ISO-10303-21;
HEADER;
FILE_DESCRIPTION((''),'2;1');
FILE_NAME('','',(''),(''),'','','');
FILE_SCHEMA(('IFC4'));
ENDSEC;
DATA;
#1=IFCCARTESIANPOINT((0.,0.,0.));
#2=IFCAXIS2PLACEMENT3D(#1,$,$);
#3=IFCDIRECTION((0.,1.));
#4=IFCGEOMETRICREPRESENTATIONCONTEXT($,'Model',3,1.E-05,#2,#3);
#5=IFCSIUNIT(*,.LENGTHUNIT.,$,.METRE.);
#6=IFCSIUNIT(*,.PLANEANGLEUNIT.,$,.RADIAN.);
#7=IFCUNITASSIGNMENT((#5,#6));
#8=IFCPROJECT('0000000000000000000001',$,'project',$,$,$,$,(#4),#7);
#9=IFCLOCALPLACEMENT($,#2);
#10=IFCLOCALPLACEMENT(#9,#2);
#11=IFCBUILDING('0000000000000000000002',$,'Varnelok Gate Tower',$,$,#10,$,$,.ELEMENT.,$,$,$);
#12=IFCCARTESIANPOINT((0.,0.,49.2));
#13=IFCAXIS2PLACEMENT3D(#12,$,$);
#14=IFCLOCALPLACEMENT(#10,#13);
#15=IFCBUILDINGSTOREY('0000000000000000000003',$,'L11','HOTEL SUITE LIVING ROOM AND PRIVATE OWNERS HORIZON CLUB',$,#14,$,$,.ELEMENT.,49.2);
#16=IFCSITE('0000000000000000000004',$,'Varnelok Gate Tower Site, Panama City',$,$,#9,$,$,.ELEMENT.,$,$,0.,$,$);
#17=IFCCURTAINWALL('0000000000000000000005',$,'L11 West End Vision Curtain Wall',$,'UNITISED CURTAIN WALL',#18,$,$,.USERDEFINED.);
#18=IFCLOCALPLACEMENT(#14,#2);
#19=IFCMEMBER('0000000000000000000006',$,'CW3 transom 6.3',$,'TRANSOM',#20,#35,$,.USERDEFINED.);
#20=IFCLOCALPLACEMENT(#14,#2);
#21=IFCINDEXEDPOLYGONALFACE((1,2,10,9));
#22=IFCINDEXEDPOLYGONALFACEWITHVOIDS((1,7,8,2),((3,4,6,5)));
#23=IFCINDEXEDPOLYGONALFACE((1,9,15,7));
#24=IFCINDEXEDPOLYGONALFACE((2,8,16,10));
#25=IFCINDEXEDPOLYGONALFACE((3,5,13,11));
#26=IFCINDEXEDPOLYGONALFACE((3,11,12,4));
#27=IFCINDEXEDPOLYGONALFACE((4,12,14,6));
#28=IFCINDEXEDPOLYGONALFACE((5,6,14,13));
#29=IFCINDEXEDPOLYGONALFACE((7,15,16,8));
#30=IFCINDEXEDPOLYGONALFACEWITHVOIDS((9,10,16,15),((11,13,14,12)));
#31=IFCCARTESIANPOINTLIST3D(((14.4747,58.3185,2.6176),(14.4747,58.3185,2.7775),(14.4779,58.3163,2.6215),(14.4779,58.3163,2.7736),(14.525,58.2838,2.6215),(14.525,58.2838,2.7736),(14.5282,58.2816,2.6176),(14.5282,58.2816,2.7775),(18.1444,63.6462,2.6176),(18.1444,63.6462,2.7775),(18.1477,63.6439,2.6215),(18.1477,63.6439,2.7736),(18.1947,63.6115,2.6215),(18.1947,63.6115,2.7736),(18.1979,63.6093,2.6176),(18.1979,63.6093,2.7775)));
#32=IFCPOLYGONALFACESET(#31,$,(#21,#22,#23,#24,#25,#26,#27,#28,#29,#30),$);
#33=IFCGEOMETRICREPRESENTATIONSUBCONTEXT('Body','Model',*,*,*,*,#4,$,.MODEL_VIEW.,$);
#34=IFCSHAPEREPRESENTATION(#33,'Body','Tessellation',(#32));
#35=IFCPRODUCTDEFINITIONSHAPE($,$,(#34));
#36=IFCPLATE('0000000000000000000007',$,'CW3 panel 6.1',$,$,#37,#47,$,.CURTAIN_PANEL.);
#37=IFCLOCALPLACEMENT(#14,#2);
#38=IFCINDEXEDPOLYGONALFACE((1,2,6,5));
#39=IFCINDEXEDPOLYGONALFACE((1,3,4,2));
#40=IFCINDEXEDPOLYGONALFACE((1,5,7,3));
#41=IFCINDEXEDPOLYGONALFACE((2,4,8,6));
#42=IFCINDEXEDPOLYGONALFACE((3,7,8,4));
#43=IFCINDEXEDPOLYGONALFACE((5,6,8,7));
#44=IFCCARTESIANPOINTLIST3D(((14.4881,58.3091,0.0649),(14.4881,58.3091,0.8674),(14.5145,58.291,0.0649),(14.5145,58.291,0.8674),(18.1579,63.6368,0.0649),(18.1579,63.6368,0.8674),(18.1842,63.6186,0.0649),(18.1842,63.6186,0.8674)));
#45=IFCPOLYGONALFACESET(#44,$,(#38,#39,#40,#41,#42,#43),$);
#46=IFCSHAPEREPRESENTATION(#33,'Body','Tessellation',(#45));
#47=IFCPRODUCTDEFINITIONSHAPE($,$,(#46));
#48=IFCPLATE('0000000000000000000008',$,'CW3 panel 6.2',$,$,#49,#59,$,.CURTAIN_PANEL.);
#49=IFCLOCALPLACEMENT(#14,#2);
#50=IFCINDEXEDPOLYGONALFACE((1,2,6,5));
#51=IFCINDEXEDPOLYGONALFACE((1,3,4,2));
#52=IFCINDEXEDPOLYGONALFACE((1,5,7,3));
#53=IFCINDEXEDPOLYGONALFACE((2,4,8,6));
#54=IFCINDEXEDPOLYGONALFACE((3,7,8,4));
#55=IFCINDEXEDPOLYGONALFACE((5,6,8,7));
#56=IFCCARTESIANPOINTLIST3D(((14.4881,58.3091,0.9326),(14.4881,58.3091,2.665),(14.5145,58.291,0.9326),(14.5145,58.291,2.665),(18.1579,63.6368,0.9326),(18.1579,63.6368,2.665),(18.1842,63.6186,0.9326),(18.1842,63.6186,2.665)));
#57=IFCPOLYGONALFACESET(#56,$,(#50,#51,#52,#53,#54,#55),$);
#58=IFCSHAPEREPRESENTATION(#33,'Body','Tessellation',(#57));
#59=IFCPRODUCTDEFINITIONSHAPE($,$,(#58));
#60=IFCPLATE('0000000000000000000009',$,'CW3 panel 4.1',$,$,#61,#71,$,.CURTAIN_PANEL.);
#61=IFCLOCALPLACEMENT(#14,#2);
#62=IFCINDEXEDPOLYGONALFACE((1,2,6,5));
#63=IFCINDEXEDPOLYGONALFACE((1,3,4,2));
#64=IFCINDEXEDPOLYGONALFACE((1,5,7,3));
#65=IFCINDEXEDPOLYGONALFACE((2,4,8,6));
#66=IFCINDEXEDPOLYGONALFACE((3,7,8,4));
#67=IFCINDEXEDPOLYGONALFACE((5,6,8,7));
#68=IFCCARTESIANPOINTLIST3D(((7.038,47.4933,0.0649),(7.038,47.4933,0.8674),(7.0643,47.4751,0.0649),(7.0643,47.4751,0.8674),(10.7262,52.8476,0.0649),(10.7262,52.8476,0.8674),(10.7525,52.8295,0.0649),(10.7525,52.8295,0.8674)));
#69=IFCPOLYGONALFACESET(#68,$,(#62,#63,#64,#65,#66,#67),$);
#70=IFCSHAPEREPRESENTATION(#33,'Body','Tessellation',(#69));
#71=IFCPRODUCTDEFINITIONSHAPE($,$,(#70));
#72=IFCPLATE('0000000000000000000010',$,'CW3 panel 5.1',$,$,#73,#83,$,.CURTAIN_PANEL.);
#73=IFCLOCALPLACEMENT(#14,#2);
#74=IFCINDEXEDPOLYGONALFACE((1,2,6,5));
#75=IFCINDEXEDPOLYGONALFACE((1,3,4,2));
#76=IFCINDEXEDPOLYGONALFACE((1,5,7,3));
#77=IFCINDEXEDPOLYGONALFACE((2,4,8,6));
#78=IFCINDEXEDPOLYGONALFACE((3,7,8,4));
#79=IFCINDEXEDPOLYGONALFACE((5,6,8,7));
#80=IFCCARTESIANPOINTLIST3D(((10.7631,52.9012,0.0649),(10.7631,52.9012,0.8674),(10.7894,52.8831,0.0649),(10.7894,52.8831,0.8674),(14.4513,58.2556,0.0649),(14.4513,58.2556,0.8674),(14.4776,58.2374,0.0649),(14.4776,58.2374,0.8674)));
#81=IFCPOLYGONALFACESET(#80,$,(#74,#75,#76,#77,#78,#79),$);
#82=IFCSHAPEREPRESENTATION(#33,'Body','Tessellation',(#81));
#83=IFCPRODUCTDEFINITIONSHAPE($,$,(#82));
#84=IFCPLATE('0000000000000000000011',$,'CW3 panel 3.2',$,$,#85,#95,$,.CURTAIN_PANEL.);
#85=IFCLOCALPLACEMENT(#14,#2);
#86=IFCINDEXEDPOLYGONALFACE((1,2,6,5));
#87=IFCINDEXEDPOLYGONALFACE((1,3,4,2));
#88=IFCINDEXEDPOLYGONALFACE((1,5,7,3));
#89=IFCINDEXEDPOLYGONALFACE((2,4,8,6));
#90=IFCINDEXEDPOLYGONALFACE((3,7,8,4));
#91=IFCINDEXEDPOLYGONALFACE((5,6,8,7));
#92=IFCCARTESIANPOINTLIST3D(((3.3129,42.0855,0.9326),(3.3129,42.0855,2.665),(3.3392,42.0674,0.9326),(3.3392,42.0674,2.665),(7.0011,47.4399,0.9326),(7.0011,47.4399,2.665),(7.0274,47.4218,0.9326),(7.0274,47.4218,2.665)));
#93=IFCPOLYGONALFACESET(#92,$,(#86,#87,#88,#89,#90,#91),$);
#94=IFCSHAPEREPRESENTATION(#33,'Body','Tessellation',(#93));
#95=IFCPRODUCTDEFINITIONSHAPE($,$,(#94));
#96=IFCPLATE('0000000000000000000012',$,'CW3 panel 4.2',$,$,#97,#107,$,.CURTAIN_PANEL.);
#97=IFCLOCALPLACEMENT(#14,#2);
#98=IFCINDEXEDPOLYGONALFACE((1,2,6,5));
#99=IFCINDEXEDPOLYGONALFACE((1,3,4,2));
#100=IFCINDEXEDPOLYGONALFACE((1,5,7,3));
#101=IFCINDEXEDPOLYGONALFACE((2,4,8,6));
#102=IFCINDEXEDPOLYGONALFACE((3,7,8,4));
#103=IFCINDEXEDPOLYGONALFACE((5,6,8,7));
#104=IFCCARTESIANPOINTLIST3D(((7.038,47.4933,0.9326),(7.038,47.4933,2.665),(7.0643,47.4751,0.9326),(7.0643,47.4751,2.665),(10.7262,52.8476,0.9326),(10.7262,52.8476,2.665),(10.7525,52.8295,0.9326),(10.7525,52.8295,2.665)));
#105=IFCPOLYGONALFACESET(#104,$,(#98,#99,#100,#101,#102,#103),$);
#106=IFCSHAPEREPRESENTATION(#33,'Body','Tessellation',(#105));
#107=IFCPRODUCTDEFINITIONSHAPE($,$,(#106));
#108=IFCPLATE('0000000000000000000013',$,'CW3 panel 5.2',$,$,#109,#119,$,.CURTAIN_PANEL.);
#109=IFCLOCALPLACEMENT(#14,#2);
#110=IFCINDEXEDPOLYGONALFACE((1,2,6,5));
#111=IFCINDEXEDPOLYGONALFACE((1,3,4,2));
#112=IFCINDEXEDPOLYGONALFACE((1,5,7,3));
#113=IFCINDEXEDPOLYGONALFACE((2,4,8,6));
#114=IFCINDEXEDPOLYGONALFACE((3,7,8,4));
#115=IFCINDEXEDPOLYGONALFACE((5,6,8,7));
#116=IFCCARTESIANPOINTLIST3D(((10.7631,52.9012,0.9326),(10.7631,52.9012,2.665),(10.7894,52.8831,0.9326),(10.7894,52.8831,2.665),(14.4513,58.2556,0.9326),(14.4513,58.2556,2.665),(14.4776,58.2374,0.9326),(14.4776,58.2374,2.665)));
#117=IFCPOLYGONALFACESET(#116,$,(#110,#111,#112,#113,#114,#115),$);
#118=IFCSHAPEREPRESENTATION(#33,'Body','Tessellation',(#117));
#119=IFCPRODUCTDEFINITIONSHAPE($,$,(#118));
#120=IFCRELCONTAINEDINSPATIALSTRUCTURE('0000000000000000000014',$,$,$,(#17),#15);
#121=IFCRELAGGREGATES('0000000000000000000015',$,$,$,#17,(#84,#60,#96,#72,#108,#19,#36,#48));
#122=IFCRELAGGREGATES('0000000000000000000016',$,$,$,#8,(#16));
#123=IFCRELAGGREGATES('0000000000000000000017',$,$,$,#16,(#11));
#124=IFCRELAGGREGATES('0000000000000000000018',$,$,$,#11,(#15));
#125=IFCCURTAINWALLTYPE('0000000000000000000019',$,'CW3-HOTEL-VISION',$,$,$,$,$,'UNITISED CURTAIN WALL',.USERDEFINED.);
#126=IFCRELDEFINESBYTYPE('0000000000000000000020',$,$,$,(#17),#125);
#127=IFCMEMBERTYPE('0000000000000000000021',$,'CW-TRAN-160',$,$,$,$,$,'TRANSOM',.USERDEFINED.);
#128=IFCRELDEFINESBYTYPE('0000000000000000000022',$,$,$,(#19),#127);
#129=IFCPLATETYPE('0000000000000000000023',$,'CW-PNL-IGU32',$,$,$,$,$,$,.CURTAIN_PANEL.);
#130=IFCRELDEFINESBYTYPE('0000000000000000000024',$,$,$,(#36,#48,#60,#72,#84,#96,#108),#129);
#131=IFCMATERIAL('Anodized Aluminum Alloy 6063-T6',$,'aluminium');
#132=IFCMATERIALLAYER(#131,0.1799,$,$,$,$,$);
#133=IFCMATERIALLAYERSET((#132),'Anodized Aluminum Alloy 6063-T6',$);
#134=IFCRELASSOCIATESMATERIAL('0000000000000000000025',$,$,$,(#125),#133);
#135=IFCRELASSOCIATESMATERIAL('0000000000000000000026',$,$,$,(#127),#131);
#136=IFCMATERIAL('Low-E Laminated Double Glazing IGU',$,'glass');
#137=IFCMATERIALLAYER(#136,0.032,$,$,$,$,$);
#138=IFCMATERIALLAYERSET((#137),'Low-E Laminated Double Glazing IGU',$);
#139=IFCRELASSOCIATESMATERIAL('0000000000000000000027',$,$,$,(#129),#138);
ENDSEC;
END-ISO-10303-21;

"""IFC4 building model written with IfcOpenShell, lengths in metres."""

from ifc_helpers import new_model, si_unit, direction, frame, origin, origin_2d, place, context, subcontext, project, spatial, rectangle, hollow_rectangle, extrude, source, transform, mapped, material, layer, layer_set, material_profile, profile_set, type_object, element, aggregate, save


model = new_model("IFC4")

# Units and contexts
model_context = context("Model", 3, precision=1e-05, world=origin(), true_north=direction((0.0, 1.0)))
body_context = subcontext(model_context, "Body", "Model", "MODEL_VIEW")
ifc_project = project(units=[si_unit("LENGTHUNIT", "METRE"), si_unit("PLANEANGLEUNIT", "RADIAN")], contexts=[model_context])

# Site, building, storey
site_placement = place(None, origin())
site = spatial("IfcSite", under=ifc_project, at=site_placement, Name="Varnelok Gate Tower Site, Panama City", CompositionType="ELEMENT", RefElevation=0.0)
building_placement = place(site_placement, origin())
building = spatial("IfcBuilding", under=site, at=building_placement, Name="Varnelok Gate Tower", CompositionType="ELEMENT")
storey_placement = place(building_placement, frame((0.0, 0.0, 49.2)))
storey = spatial("IfcBuildingStorey", under=building, at=storey_placement, Name="L11", Description="HOTEL SUITE LIVING ROOM AND PRIVATE OWNERS HORIZON CLUB", CompositionType="ELEMENT", Elevation=49.2)

# Curtain wall, member, plates
ifc_material_1 = material(Name="Anodized Aluminum Alloy 6063-T6", Category="aluminium")
ifc_layer_1 = layer(ifc_material_1, 0.1799)
ifc_layer_set_1 = layer_set([ifc_layer_1], Name="Anodized Aluminum Alloy 6063-T6")
curtain_wall_type = type_object("IfcCurtainWallType", Name="CW3-HOTEL-VISION", ElementType="UNITISED CURTAIN WALL", PredefinedType="USERDEFINED", material=ifc_layer_set_1)
curtain_wall_placement = place(storey_placement, origin())
curtain_wall = element("IfcCurtainWall", 1, at=curtain_wall_placement, inside=storey, type_object=curtain_wall_type, Name="L11 West End Vision Curtain Wall", ObjectType="UNITISED CURTAIN WALL", PredefinedType="USERDEFINED")
ifc_material_profile_1 = material_profile(ifc_material_1, hollow_rectangle(XDim=0.0649, YDim=0.1599, WallThickness=0.0039, at=origin_2d()), Name="ALU160X65X4")
ifc_profile_set_1 = profile_set([ifc_material_profile_1], Name="Anodized Aluminum Alloy 6063-T6")
member_type_1 = type_object("IfcMemberType", Name="CW-TRAN-160", ElementType="TRANSOM", PredefinedType="USERDEFINED", material=ifc_profile_set_1)
member_1_placement = place(storey_placement, frame((14.5015, 58.3, 2.6975), z_axis=(0.567256, 0.823542, 0.0), x_axis=(-0.823542, 0.567256, 0.0)))
member_1 = element("IfcMember", 2, at=member_1_placement, type_object=member_type_1, Name="CW3 transom 6.3", ObjectType="TRANSOM", PredefinedType="USERDEFINED", context=body_context, shape_type="SweptSolid", body=[
    extrude(hollow_rectangle(XDim=0.0649, YDim=0.1599, WallThickness=0.0039, at=origin_2d()), origin(), (0.0, 0.0, 1.0), 6.4692),
])
ifc_material_2 = material(Name="Low-E Laminated Double Glazing IGU", Category="glass")
ifc_layer_2 = layer(ifc_material_2, 0.032)
ifc_layer_set_2 = layer_set([ifc_layer_2], Name="Low-E Laminated Double Glazing IGU")
plate_type = type_object("IfcPlateType", Name="CW-PNL-IGU32", PredefinedType="CURTAIN_PANEL", material=ifc_layer_set_2)
shared_shape_1 = source(origin(), body_context, "Body", "SweptSolid", [
    extrude(rectangle(XDim=6.4692, YDim=0.032, at=origin_2d()), origin(), (0.0, 0.0, 1.0), 0.8025),
])
plate_1_placement = place(storey_placement, frame((16.3362, 60.9639, 0.0649), z_axis=(0.0, 0.0, 1.0), x_axis=(0.567269, 0.823533, 0.0)))
plate_1 = element("IfcPlate", 3, at=plate_1_placement, type_object=plate_type, Name="CW3 panel 6.1", PredefinedType="CURTAIN_PANEL", context=body_context, shape_type="MappedRepresentation", body=[
    mapped(shared_shape_1, transform((0.0, 0.0, 0.0), scale=1.0)),
])
shared_shape_2 = source(origin(), body_context, "Body", "SweptSolid", [
    extrude(rectangle(XDim=6.4692, YDim=0.032, at=origin_2d()), origin(), (0.0, 0.0, 1.0), 1.7324),
])
plate_2_placement = place(storey_placement, frame((16.3362, 60.9639, 0.9326), z_axis=(0.0, 0.0, 1.0), x_axis=(0.567269, 0.823533, 0.0)))
plate_2 = element("IfcPlate", 4, at=plate_2_placement, type_object=plate_type, Name="CW3 panel 6.2", PredefinedType="CURTAIN_PANEL", context=body_context, shape_type="MappedRepresentation", body=[
    mapped(shared_shape_2, transform((0.0, 0.0, 0.0), scale=1.0)),
])
shared_shape_3 = source(origin(), body_context, "Body", "SweptSolid", [
    extrude(rectangle(XDim=6.5017, YDim=0.032, at=origin_2d()), origin(), (0.0, 0.0, 1.0), 0.8025),
])
plate_3_placement = place(storey_placement, frame((8.8953, 50.1614, 0.0649), z_axis=(0.0, 0.0, 1.0), x_axis=(0.567269, 0.823533, 0.0)))
plate_3 = element("IfcPlate", 5, at=plate_3_placement, type_object=plate_type, Name="CW3 panel 4.1", PredefinedType="CURTAIN_PANEL", context=body_context, shape_type="MappedRepresentation", body=[
    mapped(shared_shape_3, transform((0.0, 0.0, 0.0), scale=1.0)),
])
plate_4_placement = place(storey_placement, frame((12.6204, 55.5693, 0.0649), z_axis=(0.0, 0.0, 1.0), x_axis=(0.567269, 0.823533, 0.0)))
plate_4 = element("IfcPlate", 6, at=plate_4_placement, type_object=plate_type, Name="CW3 panel 5.1", PredefinedType="CURTAIN_PANEL", context=body_context, shape_type="MappedRepresentation", body=[
    mapped(shared_shape_3, transform((0.0, 0.0, 0.0), scale=1.0)),
])
shared_shape_4 = source(origin(), body_context, "Body", "SweptSolid", [
    extrude(rectangle(XDim=6.5017, YDim=0.032, at=origin_2d()), origin(), (0.0, 0.0, 1.0), 1.7324),
])
plate_5_placement = place(storey_placement, frame((5.1702, 44.7537, 0.9326), z_axis=(0.0, 0.0, 1.0), x_axis=(0.567269, 0.823533, 0.0)))
plate_5 = element("IfcPlate", 7, at=plate_5_placement, type_object=plate_type, Name="CW3 panel 3.2", PredefinedType="CURTAIN_PANEL", context=body_context, shape_type="MappedRepresentation", body=[
    mapped(shared_shape_4, transform((0.0, 0.0, 0.0), scale=1.0)),
])
plate_6_placement = place(storey_placement, frame((8.8953, 50.1614, 0.9326), z_axis=(0.0, 0.0, 1.0), x_axis=(0.567269, 0.823533, 0.0)))
plate_6 = element("IfcPlate", 8, at=plate_6_placement, type_object=plate_type, Name="CW3 panel 4.2", PredefinedType="CURTAIN_PANEL", context=body_context, shape_type="MappedRepresentation", body=[
    mapped(shared_shape_4, transform((0.0, 0.0, 0.0), scale=1.0)),
])
plate_7_placement = place(storey_placement, frame((12.6204, 55.5693, 0.9326), z_axis=(0.0, 0.0, 1.0), x_axis=(0.567269, 0.823533, 0.0)))
plate_7 = element("IfcPlate", 9, at=plate_7_placement, type_object=plate_type, Name="CW3 panel 5.2", PredefinedType="CURTAIN_PANEL", context=body_context, shape_type="MappedRepresentation", body=[
    mapped(shared_shape_4, transform((0.0, 0.0, 0.0), scale=1.0)),
])
aggregate(curtain_wall, [plate_5, plate_3, plate_6, plate_4, plate_7, member_1, plate_1, plate_2])

save(model, "model.ifc")
